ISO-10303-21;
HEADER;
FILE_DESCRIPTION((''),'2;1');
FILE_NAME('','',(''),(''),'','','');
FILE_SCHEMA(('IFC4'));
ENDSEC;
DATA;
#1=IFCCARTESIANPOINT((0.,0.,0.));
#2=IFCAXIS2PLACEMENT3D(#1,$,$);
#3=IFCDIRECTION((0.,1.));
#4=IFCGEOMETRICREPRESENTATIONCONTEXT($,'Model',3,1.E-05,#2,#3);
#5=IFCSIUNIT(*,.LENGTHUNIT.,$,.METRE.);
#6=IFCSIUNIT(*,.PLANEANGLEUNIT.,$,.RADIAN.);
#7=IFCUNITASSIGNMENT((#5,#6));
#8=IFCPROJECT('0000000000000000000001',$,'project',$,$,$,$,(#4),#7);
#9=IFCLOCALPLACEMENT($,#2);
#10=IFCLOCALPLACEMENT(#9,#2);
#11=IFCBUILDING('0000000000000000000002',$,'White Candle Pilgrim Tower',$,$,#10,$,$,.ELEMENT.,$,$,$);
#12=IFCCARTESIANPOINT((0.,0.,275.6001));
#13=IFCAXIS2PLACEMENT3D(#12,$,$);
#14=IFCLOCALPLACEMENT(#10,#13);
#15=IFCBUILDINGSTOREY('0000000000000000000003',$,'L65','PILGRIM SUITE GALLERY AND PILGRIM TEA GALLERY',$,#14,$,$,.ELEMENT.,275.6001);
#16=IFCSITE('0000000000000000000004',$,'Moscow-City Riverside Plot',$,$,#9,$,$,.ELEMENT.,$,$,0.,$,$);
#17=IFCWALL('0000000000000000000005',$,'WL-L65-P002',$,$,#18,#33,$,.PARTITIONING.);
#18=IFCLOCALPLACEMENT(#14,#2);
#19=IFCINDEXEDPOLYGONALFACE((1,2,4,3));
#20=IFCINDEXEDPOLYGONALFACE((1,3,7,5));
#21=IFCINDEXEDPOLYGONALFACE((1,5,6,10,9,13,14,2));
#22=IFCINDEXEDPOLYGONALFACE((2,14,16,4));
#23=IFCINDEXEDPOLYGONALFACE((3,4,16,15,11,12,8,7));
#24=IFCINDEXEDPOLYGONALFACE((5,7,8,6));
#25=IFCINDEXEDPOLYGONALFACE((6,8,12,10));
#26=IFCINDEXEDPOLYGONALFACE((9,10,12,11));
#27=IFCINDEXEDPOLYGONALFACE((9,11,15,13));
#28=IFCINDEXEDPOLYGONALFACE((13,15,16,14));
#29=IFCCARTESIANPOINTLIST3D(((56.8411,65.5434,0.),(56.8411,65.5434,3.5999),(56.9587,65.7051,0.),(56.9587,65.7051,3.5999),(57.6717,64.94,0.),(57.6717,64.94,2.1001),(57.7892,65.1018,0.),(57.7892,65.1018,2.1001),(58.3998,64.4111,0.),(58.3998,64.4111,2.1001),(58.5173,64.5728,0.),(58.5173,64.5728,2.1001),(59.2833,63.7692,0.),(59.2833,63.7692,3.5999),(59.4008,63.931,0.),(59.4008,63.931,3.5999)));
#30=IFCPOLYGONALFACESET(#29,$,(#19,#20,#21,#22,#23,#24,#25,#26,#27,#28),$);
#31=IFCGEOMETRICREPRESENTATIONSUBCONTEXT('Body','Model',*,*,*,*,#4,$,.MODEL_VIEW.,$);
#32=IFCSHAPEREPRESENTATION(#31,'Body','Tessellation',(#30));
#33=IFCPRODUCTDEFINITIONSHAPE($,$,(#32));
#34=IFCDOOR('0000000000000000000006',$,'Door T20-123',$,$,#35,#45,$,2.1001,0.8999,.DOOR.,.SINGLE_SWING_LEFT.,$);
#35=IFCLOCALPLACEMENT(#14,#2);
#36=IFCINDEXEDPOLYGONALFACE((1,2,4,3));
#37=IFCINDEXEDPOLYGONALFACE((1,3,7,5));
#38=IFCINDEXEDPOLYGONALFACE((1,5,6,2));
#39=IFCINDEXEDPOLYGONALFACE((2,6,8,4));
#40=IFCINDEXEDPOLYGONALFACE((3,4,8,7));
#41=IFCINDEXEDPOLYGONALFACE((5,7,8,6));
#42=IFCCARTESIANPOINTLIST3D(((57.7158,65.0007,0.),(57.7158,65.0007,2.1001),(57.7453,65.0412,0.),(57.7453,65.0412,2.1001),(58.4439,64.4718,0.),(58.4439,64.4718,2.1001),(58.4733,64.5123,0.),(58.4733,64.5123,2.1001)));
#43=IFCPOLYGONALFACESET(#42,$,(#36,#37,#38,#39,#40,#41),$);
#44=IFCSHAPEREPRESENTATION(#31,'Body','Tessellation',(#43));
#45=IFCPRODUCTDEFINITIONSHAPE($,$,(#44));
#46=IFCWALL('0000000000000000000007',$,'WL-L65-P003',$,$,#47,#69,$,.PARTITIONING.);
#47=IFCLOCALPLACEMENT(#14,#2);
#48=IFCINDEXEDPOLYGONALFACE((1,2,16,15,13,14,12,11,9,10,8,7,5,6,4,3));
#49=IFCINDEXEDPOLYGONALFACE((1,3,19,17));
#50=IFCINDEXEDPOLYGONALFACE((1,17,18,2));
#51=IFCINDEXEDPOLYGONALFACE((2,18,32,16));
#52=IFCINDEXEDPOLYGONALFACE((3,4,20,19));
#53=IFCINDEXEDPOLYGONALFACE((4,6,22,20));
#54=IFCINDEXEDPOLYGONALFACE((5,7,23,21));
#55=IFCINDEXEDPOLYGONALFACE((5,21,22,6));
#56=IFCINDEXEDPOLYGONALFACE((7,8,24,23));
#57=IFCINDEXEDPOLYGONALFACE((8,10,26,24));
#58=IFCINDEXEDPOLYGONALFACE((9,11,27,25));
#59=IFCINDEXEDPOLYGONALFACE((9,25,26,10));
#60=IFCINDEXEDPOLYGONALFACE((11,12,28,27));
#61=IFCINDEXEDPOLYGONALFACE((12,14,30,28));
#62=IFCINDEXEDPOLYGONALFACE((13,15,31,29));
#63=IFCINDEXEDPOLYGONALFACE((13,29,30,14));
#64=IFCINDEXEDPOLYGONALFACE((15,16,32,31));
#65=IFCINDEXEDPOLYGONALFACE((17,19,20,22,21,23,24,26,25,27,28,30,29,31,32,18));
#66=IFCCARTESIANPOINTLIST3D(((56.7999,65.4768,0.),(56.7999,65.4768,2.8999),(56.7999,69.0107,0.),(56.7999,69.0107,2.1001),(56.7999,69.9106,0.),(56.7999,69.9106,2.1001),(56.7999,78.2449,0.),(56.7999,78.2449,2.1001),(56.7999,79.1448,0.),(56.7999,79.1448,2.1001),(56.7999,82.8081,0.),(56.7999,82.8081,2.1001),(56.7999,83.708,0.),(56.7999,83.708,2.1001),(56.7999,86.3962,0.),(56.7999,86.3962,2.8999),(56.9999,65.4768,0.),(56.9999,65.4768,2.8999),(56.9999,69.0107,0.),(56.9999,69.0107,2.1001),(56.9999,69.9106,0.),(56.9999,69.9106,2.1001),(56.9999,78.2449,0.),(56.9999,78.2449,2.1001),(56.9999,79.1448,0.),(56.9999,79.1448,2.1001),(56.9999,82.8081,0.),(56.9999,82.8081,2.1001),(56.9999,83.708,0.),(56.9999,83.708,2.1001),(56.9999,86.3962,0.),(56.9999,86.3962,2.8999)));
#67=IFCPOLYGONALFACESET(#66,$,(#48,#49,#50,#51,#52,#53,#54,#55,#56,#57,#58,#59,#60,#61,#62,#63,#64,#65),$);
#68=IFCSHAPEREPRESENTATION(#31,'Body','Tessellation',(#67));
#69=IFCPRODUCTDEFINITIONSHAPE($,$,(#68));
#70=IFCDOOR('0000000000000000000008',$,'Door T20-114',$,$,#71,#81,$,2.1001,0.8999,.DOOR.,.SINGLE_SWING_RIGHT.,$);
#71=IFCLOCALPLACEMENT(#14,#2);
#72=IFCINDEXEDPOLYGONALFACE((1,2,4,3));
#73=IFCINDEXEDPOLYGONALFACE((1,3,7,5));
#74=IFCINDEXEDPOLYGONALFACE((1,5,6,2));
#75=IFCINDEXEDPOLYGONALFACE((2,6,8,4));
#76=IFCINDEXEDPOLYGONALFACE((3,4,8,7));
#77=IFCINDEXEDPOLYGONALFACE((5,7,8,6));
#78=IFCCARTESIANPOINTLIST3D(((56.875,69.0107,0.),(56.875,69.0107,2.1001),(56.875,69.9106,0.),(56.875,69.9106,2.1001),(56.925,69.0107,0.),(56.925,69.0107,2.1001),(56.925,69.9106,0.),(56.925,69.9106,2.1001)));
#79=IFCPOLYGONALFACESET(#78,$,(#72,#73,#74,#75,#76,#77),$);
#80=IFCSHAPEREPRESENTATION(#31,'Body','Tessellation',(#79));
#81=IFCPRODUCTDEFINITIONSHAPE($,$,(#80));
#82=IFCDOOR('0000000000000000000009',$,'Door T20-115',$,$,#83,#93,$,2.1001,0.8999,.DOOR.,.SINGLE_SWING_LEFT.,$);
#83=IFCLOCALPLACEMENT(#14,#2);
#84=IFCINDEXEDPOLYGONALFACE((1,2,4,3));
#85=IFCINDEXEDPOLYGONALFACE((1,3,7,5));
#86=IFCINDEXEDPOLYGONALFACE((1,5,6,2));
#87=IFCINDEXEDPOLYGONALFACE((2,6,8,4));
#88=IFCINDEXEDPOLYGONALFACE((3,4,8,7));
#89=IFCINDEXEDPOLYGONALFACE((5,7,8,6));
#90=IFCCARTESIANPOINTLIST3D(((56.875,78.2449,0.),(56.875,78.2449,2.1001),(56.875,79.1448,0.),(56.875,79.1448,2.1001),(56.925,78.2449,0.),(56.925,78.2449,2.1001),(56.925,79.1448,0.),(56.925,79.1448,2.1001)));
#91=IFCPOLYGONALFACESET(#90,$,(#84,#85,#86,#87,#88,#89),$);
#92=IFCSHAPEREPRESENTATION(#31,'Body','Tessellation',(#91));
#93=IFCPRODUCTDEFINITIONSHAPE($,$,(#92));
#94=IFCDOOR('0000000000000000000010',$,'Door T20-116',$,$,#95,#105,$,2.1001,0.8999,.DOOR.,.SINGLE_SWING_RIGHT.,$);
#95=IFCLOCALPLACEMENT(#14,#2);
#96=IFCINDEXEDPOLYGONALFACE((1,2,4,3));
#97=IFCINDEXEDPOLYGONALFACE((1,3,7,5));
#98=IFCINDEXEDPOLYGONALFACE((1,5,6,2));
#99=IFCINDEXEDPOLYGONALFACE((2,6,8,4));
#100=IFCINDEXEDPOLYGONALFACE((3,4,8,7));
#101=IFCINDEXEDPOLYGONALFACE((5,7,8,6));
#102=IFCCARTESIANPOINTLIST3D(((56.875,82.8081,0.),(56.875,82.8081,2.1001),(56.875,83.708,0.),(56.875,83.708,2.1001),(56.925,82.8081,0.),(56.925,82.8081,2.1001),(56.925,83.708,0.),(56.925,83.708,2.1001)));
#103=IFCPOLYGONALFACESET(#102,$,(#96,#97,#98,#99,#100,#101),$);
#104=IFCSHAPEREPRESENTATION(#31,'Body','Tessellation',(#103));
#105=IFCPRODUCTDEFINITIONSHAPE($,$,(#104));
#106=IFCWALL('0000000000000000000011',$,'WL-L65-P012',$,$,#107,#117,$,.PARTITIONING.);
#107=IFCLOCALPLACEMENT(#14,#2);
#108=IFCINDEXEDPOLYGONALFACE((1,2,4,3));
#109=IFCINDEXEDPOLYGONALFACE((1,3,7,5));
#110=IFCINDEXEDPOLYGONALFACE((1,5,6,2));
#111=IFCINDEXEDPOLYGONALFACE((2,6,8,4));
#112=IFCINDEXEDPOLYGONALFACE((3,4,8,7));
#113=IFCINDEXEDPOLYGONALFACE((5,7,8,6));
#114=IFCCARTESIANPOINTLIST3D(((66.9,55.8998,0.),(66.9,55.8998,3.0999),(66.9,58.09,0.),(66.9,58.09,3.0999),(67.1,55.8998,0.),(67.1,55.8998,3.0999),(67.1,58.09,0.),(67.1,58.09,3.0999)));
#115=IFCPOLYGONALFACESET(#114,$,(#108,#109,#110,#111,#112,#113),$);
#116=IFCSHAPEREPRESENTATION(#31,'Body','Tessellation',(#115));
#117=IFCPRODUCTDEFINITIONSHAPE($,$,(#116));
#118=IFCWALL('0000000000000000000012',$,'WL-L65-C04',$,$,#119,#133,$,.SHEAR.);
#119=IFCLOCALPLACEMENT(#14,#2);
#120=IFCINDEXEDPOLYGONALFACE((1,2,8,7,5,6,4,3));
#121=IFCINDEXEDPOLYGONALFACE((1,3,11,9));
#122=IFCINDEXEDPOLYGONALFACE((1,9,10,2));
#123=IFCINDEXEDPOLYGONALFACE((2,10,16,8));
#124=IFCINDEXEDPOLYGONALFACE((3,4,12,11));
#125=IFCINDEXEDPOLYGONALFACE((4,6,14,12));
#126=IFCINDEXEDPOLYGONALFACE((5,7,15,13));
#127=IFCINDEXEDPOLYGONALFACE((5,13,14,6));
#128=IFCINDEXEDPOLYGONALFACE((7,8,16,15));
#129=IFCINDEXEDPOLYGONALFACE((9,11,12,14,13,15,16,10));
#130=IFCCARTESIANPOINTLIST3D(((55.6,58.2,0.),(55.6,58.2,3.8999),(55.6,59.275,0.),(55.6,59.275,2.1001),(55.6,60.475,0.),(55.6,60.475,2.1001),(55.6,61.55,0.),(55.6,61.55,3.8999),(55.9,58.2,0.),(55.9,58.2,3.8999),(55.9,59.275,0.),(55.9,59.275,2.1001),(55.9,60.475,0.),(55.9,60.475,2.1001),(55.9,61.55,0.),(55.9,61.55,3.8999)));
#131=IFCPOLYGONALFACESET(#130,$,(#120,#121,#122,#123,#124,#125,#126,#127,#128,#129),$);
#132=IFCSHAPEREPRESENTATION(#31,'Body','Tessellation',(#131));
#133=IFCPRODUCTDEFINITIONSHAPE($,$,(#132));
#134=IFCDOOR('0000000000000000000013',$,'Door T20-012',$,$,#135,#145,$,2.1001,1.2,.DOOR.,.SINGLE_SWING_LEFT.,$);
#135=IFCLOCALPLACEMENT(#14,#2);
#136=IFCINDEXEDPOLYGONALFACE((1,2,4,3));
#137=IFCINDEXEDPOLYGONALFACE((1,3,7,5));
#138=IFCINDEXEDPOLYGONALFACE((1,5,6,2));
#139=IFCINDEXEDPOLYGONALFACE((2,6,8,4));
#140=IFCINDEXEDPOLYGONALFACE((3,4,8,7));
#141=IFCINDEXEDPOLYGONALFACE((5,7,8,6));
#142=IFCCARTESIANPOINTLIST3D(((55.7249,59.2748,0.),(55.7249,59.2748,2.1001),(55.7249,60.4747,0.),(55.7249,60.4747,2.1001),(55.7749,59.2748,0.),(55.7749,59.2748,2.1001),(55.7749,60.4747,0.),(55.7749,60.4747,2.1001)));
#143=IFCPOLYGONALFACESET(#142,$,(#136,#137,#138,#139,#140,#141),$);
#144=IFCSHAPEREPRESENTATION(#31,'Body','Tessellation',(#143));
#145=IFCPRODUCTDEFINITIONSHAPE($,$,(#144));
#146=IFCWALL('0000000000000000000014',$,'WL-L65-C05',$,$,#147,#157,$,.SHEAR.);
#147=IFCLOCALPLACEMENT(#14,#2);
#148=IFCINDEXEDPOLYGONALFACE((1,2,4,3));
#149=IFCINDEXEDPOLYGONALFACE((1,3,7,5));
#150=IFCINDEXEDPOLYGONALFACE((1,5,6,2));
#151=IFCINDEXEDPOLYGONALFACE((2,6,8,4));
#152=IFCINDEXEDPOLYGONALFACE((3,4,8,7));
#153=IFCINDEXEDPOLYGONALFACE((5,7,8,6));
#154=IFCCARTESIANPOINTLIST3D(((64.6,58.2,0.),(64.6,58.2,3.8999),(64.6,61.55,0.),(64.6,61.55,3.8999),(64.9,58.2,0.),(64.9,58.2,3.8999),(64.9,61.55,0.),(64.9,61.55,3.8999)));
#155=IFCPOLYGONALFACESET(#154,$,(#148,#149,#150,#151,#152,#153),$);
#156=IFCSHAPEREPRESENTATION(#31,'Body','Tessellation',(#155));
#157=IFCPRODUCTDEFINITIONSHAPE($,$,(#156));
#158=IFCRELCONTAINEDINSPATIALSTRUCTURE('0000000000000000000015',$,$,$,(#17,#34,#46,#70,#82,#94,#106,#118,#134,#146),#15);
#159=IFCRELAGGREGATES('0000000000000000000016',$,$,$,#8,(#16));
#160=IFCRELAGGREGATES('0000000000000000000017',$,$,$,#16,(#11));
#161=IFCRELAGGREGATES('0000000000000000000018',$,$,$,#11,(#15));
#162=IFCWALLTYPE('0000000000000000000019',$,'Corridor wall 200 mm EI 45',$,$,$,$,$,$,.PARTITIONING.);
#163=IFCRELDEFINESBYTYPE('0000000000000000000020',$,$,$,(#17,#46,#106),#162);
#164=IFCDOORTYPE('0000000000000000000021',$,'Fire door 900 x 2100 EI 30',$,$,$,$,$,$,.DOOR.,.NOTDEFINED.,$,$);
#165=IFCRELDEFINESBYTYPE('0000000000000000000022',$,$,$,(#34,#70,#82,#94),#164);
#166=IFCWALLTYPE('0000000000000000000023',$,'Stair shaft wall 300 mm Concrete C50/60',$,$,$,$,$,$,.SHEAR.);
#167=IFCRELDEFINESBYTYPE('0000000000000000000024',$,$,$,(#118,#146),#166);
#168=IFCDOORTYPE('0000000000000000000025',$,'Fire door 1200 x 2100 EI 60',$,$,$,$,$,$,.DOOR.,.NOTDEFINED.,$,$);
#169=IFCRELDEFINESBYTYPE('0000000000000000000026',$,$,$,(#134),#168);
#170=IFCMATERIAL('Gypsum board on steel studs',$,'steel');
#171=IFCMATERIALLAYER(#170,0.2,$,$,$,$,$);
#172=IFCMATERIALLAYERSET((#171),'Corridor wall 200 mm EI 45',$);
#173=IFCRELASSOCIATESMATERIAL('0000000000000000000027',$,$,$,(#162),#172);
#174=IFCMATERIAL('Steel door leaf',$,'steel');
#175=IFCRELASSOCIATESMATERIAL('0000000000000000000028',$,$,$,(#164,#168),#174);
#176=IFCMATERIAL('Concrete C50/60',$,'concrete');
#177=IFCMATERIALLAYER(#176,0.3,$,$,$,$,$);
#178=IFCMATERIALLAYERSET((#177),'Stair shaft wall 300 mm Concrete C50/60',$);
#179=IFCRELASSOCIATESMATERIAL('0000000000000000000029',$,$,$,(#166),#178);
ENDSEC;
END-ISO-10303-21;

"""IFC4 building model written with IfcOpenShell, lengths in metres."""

from ifc_helpers import new_model, si_unit, direction, frame, frame_2d, origin, place, context, subcontext, project, spatial, rectangle, extrude, material, layer, layer_set, type_object, element, fill, save


model = new_model("IFC4")

# Units and contexts
model_context = context("Model", 3, precision=1e-05, world=origin(), true_north=direction((0.0, 1.0)))
body_context = subcontext(model_context, "Body", "Model", "MODEL_VIEW")
ifc_project = project(units=[si_unit("LENGTHUNIT", "METRE"), si_unit("PLANEANGLEUNIT", "RADIAN")], contexts=[model_context])

# Site, building, storey
site_placement = place(None, origin())
site = spatial("IfcSite", under=ifc_project, at=site_placement, Name="Moscow-City Riverside Plot", CompositionType="ELEMENT", RefElevation=0.0)
building_placement = place(site_placement, origin())
building = spatial("IfcBuilding", under=site, at=building_placement, Name="White Candle Pilgrim Tower", CompositionType="ELEMENT")
storey_placement = place(building_placement, frame((0.0, 0.0, 275.6001)))
storey = spatial("IfcBuildingStorey", under=building, at=storey_placement, Name="L65", Description="PILGRIM SUITE GALLERY AND PILGRIM TEA GALLERY", CompositionType="ELEMENT", Elevation=275.6001)

# Wall, opening, door
ifc_material_1 = material(Name="Gypsum board on steel studs", Category="steel")
ifc_layer_1 = layer(ifc_material_1, 0.2)
ifc_layer_set_1 = layer_set([ifc_layer_1], Name="Corridor wall 200 mm EI 45")
wall_type_1 = type_object("IfcWallType", Name="Corridor wall 200 mm EI 45", PredefinedType="PARTITIONING", material=ifc_layer_set_1)
wall_1_placement = place(storey_placement, frame((59.342, 63.8501, 0.0), z_axis=(0.0, 0.0, 1.0), x_axis=(-0.80904, 0.587753, 0.0)))
wall_1 = element("IfcWall", 1, at=wall_1_placement, inside=storey, type_object=wall_type_1, Name="WL-L65-P002", PredefinedType="PARTITIONING", context=body_context, shape_type="SweptSolid", body=[
    extrude(rectangle(XDim=3.0186, YDim=0.2, at=frame_2d((1.5093, 0.0))), origin(), (0.0, 0.0, 1.0), 3.5999),
])
opening_1_placement = place(wall_1_placement, frame((1.092, 0.0, 0.0)))
opening_1 = element("IfcOpeningElement", 2, at=opening_1_placement, cuts=wall_1, PredefinedType="OPENING", context=body_context, shape_type="SweptSolid", body=[
    extrude(rectangle(XDim=0.8999, YDim=2.1001, at=frame_2d((0.45, 1.05))), frame((0.0, 0.1099, 0.0), z_axis=(0.0, -1.0, 0.0), x_axis=(1.0, 0.0, 0.0)), (0.0, 0.0, 1.0), 0.22),
])
ifc_material_2 = material(Name="Steel door leaf", Category="steel")
door_type_1 = type_object("IfcDoorType", Name="Fire door 900 x 2100 EI 30", OperationType="NOTDEFINED", PredefinedType="DOOR", material=ifc_material_2)
door_1_placement = place(opening_1_placement, origin())
door_1 = element("IfcDoor", 3, at=door_1_placement, inside=storey, type_object=door_type_1, Name="Door T20-123", OperationType="SINGLE_SWING_LEFT", OverallHeight=2.1001, OverallWidth=0.8999, PredefinedType="DOOR", context=body_context, shape_type="SweptSolid", body=[
    extrude(rectangle(XDim=0.8999, YDim=2.1001, at=frame_2d((0.45, 1.05))), frame((0.0, 0.0249, 0.0), z_axis=(0.0, -1.0, 0.0), x_axis=(1.0, 0.0, 0.0)), (0.0, 0.0, 1.0), 0.05),
])
fill(opening_1, door_1)

# Wall, openings, doors
wall_2_placement = place(storey_placement, frame((56.8999, 65.4768, 0.0), z_axis=(0.0, 0.0, 1.0), x_axis=(0.0, 1.0, 0.0)))
wall_2 = element("IfcWall", 4, at=wall_2_placement, inside=storey, type_object=wall_type_1, Name="WL-L65-P003", PredefinedType="PARTITIONING", context=body_context, shape_type="SweptSolid", body=[
    extrude(rectangle(XDim=20.9194, YDim=0.2, at=frame_2d((10.4597, 0.0))), origin(), (0.0, 0.0, 1.0), 2.8999),
])
opening_2_placement = place(wall_2_placement, frame((3.5339, 0.0, 0.0)))
opening_2 = element("IfcOpeningElement", 5, at=opening_2_placement, cuts=wall_2, PredefinedType="OPENING", context=body_context, shape_type="SweptSolid", body=[
    extrude(rectangle(XDim=0.8999, YDim=2.1001, at=frame_2d((0.45, 1.05))), frame((0.0, 0.1099, 0.0), z_axis=(0.0, -1.0, 0.0), x_axis=(1.0, 0.0, 0.0)), (0.0, 0.0, 1.0), 0.22),
])
opening_3_placement = place(wall_2_placement, frame((12.7681, 0.0, 0.0)))
opening_3 = element("IfcOpeningElement", 6, at=opening_3_placement, cuts=wall_2, PredefinedType="OPENING", context=body_context, shape_type="SweptSolid", body=[
    extrude(rectangle(XDim=0.8999, YDim=2.1001, at=frame_2d((0.45, 1.05))), frame((0.0, 0.1099, 0.0), z_axis=(0.0, -1.0, 0.0), x_axis=(1.0, 0.0, 0.0)), (0.0, 0.0, 1.0), 0.22),
])
opening_4_placement = place(wall_2_placement, frame((17.3313, 0.0, 0.0)))
opening_4 = element("IfcOpeningElement", 7, at=opening_4_placement, cuts=wall_2, PredefinedType="OPENING", context=body_context, shape_type="SweptSolid", body=[
    extrude(rectangle(XDim=0.8999, YDim=2.1001, at=frame_2d((0.45, 1.05))), frame((0.0, 0.1099, 0.0), z_axis=(0.0, -1.0, 0.0), x_axis=(1.0, 0.0, 0.0)), (0.0, 0.0, 1.0), 0.22),
])
door_2_placement = place(opening_2_placement, origin())
door_2 = element("IfcDoor", 8, at=door_2_placement, inside=storey, type_object=door_type_1, Name="Door T20-114", OperationType="SINGLE_SWING_RIGHT", OverallHeight=2.1001, OverallWidth=0.8999, PredefinedType="DOOR", context=body_context, shape_type="SweptSolid", body=[
    extrude(rectangle(XDim=0.8999, YDim=2.1001, at=frame_2d((0.45, 1.05))), frame((0.0, 0.0249, 0.0), z_axis=(0.0, -1.0, 0.0), x_axis=(1.0, 0.0, 0.0)), (0.0, 0.0, 1.0), 0.05),
])
fill(opening_2, door_2)
door_3_placement = place(opening_3_placement, origin())
door_3 = element("IfcDoor", 9, at=door_3_placement, inside=storey, type_object=door_type_1, Name="Door T20-115", OperationType="SINGLE_SWING_LEFT", OverallHeight=2.1001, OverallWidth=0.8999, PredefinedType="DOOR", context=body_context, shape_type="SweptSolid", body=[
    extrude(rectangle(XDim=0.8999, YDim=2.1001, at=frame_2d((0.45, 1.05))), frame((0.0, 0.0249, 0.0), z_axis=(0.0, -1.0, 0.0), x_axis=(1.0, 0.0, 0.0)), (0.0, 0.0, 1.0), 0.05),
])
fill(opening_3, door_3)
door_4_placement = place(opening_4_placement, origin())
door_4 = element("IfcDoor", 10, at=door_4_placement, inside=storey, type_object=door_type_1, Name="Door T20-116", OperationType="SINGLE_SWING_RIGHT", OverallHeight=2.1001, OverallWidth=0.8999, PredefinedType="DOOR", context=body_context, shape_type="SweptSolid", body=[
    extrude(rectangle(XDim=0.8999, YDim=2.1001, at=frame_2d((0.45, 1.05))), frame((0.0, 0.0249, 0.0), z_axis=(0.0, -1.0, 0.0), x_axis=(1.0, 0.0, 0.0)), (0.0, 0.0, 1.0), 0.05),
])
fill(opening_4, door_4)

# Wall
wall_3_placement = place(storey_placement, frame((67.0, 58.0901, 0.0), z_axis=(0.0, 0.0, 1.0), x_axis=(0.0, -1.0, 0.0)))
element("IfcWall", 11, at=wall_3_placement, inside=storey, type_object=wall_type_1, Name="WL-L65-P012", PredefinedType="PARTITIONING", context=body_context, shape_type="SweptSolid", body=[
    extrude(rectangle(XDim=2.1902, YDim=0.2, at=frame_2d((1.0952, 0.0))), origin(), (0.0, 0.0, 1.0), 3.0999),
])

# Wall, opening, door
ifc_material_3 = material(Name="Concrete C50/60", Category="concrete")
ifc_layer_2 = layer(ifc_material_3, 0.3)
ifc_layer_set_2 = layer_set([ifc_layer_2], Name="Stair shaft wall 300 mm Concrete C50/60")
wall_type_2 = type_object("IfcWallType", Name="Stair shaft wall 300 mm Concrete C50/60", PredefinedType="SHEAR", material=ifc_layer_set_2)
wall_4_placement = place(storey_placement, frame((55.75, 58.2, 0.0), z_axis=(0.0, 0.0, 1.0), x_axis=(0.0, 1.0, 0.0)))
wall_4 = element("IfcWall", 12, at=wall_4_placement, inside=storey, type_object=wall_type_2, Name="WL-L65-C04", PredefinedType="SHEAR", context=body_context, shape_type="SweptSolid", body=[
    extrude(rectangle(XDim=3.3501, YDim=0.3, at=frame_2d((1.675, 0.0))), origin(), (0.0, 0.0, 1.0), 3.8999),
])
opening_5_placement = place(wall_4_placement, frame((1.075, 0.0, 0.0)))
opening_5 = element("IfcOpeningElement", 13, at=opening_5_placement, cuts=wall_4, PredefinedType="OPENING", context=body_context, shape_type="SweptSolid", body=[
    extrude(rectangle(XDim=1.2, YDim=2.1001, at=frame_2d((0.6001, 1.05))), frame((0.0, 0.1599, 0.0), z_axis=(0.0, -1.0, 0.0), x_axis=(1.0, 0.0, 0.0)), (0.0, 0.0, 1.0), 0.3201),
])
door_type_2 = type_object("IfcDoorType", Name="Fire door 1200 x 2100 EI 60", OperationType="NOTDEFINED", PredefinedType="DOOR", material=ifc_material_2)
door_5_placement = place(opening_5_placement, frame((1.2, 0.0, 0.0), z_axis=(0.0, 0.0, 1.0), x_axis=(-1.0, 0.0, 0.0)))
door_5 = element("IfcDoor", 14, at=door_5_placement, inside=storey, type_object=door_type_2, Name="Door T20-012", OperationType="SINGLE_SWING_LEFT", OverallHeight=2.1001, OverallWidth=1.2, PredefinedType="DOOR", context=body_context, shape_type="SweptSolid", body=[
    extrude(rectangle(XDim=1.2, YDim=2.1001, at=frame_2d((0.6001, 1.05))), frame((0.0, 0.0249, 0.0), z_axis=(0.0, -1.0, 0.0), x_axis=(1.0, 0.0, 0.0)), (0.0, 0.0, 1.0), 0.05),
])
fill(opening_5, door_5)

# Wall
wall_5_placement = place(storey_placement, frame((64.75, 58.2, 0.0), z_axis=(0.0, 0.0, 1.0), x_axis=(0.0, 1.0, 0.0)))
element("IfcWall", 15, at=wall_5_placement, inside=storey, type_object=wall_type_2, Name="WL-L65-C05", PredefinedType="SHEAR", context=body_context, shape_type="SweptSolid", body=[
    extrude(rectangle(XDim=3.3501, YDim=0.3, at=frame_2d((1.675, 0.0))), origin(), (0.0, 0.0, 1.0), 3.8999),
])

save(model, "model.ifc")
